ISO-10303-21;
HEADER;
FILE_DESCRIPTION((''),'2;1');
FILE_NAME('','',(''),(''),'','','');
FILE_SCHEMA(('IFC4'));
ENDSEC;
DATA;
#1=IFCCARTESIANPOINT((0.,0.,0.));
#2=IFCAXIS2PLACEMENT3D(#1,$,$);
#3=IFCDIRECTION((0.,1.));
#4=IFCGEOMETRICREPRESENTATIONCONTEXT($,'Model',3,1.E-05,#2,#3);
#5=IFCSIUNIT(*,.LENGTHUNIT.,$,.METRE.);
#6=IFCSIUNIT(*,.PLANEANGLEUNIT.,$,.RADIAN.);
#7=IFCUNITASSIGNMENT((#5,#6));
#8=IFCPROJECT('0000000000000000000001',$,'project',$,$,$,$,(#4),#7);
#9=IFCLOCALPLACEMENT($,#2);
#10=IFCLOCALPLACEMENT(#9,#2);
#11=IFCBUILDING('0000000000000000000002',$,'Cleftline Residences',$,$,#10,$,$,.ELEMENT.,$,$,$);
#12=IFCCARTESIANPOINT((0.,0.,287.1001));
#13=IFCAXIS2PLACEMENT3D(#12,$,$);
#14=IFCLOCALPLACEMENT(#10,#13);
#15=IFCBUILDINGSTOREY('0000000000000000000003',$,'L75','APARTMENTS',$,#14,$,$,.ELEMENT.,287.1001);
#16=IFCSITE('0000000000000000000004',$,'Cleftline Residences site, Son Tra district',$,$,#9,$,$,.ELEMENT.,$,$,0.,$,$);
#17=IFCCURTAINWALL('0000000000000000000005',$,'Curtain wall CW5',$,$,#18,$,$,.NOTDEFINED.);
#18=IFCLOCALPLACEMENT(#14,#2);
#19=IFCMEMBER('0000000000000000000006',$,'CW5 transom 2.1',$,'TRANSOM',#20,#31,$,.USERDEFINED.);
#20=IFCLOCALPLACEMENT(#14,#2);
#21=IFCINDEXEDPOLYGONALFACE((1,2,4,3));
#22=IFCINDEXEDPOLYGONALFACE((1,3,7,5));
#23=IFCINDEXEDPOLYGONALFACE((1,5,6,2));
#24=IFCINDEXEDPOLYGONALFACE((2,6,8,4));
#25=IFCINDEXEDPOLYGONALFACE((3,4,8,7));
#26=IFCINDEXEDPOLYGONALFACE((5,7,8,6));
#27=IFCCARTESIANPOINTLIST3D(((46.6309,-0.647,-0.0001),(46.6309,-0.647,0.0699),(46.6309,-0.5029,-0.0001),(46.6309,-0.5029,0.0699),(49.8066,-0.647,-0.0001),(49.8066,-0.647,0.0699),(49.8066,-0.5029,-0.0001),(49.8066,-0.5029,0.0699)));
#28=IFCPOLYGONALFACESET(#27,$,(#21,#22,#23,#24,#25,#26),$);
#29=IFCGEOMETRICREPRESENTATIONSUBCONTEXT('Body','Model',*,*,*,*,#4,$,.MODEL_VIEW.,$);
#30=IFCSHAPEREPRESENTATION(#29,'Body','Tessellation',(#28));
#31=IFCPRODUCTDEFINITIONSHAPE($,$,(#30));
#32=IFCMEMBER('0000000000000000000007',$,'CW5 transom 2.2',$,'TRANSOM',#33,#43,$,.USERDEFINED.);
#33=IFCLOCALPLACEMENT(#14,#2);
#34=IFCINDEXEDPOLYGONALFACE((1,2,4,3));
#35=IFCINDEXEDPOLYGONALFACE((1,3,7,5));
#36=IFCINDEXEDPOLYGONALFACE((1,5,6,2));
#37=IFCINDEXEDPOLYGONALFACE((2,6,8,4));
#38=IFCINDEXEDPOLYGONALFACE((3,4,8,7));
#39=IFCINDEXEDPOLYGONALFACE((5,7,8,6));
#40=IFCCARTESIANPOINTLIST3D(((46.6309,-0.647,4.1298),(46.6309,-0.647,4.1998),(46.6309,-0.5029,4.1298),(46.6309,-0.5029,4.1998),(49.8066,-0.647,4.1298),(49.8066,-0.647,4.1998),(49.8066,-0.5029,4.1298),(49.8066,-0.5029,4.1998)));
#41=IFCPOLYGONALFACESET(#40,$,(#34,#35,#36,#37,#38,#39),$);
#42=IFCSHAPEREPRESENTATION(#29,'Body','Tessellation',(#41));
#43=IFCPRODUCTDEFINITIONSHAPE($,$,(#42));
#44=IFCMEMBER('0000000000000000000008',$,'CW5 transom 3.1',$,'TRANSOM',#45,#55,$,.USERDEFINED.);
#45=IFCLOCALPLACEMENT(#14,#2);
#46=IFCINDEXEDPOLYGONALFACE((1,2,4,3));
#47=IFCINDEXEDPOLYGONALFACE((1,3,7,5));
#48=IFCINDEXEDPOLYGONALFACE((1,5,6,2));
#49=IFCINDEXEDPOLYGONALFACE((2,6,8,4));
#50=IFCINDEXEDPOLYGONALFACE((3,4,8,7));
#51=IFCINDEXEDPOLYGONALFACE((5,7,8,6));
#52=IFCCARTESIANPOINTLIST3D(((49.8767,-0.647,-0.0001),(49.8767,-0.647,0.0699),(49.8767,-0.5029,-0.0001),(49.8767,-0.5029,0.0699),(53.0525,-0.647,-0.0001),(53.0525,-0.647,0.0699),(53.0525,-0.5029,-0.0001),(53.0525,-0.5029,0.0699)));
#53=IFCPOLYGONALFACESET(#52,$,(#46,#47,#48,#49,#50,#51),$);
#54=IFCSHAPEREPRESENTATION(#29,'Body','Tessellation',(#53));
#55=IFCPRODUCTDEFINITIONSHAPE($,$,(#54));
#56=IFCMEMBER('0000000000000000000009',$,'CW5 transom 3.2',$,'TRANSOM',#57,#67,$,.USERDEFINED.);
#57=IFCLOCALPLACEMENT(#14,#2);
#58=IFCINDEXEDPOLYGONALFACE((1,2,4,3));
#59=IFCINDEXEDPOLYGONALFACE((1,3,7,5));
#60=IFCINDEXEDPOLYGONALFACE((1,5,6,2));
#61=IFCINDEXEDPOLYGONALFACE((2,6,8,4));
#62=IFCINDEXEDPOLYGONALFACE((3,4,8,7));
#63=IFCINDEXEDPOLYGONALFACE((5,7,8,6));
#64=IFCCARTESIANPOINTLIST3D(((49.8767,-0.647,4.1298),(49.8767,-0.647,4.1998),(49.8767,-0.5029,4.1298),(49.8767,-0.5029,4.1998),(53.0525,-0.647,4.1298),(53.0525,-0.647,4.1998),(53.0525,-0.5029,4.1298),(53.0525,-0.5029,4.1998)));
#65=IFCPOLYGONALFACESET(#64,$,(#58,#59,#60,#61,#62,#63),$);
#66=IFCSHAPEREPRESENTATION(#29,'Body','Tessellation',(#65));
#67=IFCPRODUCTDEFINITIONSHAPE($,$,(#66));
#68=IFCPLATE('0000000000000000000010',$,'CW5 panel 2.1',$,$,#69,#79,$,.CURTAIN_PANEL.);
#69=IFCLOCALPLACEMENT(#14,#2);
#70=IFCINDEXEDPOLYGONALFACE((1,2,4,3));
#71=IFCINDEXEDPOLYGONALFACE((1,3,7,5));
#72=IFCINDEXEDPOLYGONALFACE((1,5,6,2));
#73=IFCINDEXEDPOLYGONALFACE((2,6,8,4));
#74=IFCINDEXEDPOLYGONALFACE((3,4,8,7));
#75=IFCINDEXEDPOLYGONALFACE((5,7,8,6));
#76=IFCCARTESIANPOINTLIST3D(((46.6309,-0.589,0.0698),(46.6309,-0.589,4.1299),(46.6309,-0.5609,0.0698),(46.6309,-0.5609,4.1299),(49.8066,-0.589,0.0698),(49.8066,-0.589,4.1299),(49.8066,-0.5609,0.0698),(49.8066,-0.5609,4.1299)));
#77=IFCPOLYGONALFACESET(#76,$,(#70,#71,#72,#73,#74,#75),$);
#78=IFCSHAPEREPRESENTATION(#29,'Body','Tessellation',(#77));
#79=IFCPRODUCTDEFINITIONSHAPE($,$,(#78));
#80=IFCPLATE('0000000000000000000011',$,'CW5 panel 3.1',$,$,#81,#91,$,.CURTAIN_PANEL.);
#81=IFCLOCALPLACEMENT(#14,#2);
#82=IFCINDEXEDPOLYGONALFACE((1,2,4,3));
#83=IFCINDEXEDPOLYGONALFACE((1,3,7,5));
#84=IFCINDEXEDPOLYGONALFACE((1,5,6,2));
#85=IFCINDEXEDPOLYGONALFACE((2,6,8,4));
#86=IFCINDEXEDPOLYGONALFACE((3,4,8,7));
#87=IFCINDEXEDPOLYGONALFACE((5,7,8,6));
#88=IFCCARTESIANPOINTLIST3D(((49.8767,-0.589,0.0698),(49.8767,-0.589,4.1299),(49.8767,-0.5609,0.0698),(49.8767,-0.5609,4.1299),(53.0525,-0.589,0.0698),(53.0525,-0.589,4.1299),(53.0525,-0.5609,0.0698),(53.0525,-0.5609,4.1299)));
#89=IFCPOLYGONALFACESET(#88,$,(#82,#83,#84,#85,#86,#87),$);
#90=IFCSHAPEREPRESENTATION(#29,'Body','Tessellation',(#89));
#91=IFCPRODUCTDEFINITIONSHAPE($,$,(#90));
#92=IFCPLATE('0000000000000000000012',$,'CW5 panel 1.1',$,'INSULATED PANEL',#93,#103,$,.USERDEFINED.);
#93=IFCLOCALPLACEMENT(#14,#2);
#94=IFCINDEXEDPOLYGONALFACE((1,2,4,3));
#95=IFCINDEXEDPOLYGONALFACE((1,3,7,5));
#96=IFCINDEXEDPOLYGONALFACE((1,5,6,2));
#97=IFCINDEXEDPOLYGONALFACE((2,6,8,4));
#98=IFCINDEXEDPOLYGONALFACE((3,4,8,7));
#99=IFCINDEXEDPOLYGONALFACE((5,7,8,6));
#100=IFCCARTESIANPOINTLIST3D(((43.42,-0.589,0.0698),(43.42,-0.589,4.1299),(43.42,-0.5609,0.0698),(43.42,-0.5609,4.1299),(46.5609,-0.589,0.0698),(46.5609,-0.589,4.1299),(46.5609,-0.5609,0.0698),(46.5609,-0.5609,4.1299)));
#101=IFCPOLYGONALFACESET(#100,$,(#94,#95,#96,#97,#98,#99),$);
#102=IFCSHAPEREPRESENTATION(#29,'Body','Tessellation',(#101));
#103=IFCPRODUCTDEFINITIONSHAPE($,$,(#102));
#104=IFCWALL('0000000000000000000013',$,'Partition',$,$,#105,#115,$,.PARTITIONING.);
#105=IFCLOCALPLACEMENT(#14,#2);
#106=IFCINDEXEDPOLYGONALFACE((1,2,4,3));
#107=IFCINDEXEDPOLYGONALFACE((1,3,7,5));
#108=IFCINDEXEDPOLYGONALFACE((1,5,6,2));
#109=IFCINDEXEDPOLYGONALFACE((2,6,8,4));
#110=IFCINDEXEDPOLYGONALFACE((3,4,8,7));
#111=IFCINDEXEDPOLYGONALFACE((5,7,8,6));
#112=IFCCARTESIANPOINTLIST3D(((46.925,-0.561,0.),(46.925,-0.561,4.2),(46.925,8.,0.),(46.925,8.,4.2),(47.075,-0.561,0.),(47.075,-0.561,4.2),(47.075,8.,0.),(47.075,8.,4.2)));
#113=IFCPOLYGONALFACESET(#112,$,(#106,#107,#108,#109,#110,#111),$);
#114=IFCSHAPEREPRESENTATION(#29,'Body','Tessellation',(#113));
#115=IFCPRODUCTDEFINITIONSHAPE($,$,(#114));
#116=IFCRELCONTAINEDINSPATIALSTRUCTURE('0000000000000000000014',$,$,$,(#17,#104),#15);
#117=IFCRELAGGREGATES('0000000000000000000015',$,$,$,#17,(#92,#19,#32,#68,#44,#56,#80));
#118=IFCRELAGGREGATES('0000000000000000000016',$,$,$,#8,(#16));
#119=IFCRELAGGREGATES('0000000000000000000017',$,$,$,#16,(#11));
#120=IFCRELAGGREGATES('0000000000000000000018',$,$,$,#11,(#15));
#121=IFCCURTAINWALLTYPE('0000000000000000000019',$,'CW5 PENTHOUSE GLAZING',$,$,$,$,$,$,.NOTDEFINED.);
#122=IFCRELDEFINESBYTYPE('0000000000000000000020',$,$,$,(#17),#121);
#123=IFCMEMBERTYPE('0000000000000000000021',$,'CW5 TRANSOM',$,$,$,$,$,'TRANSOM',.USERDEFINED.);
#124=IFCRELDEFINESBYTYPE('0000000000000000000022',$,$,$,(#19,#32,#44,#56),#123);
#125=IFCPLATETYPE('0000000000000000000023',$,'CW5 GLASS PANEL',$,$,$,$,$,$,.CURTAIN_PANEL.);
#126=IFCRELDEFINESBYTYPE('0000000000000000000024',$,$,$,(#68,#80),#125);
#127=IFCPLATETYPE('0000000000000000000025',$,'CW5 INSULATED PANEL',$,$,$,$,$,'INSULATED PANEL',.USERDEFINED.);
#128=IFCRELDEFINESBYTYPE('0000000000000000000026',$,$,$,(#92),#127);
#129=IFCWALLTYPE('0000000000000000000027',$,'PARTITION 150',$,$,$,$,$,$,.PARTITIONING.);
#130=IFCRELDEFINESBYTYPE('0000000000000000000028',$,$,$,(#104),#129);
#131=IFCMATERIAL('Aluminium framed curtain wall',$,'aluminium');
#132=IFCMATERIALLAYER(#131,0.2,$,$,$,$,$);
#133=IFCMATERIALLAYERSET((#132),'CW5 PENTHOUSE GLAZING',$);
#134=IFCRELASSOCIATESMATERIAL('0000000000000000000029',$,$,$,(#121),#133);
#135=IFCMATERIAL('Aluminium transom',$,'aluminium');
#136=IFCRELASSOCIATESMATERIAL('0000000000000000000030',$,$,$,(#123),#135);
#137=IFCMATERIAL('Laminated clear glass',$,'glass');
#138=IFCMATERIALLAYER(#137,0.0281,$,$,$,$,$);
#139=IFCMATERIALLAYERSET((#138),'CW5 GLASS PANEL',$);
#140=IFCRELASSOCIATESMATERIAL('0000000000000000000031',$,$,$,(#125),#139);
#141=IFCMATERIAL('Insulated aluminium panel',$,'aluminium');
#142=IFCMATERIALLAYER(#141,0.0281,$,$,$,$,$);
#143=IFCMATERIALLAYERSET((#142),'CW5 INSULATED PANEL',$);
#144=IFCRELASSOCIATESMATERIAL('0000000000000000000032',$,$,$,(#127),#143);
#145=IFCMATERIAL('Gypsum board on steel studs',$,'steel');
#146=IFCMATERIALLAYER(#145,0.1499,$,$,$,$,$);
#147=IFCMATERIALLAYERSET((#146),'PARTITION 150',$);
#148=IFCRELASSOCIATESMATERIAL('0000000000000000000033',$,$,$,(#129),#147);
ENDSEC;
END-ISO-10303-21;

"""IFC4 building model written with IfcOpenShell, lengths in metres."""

from ifc_helpers import new_model, si_unit, direction, frame, frame_2d, origin, origin_2d, place, context, subcontext, project, spatial, rectangle, extrude, material, layer, layer_set, material_profile, profile_set, type_object, element, aggregate, save


model = new_model("IFC4")

# Units and contexts
model_context = context("Model", 3, precision=1e-05, world=origin(), true_north=direction((0.0, 1.0)))
body_context = subcontext(model_context, "Body", "Model", "MODEL_VIEW")
ifc_project = project(units=[si_unit("LENGTHUNIT", "METRE"), si_unit("PLANEANGLEUNIT", "RADIAN")], contexts=[model_context])

# Site, building, storey
site_placement = place(None, origin())
site = spatial("IfcSite", under=ifc_project, at=site_placement, Name="Cleftline Residences site, Son Tra district", CompositionType="ELEMENT", RefElevation=0.0)
building_placement = place(site_placement, origin())
building = spatial("IfcBuilding", under=site, at=building_placement, Name="Cleftline Residences", CompositionType="ELEMENT")
storey_placement = place(building_placement, frame((0.0, 0.0, 287.1001)))
storey = spatial("IfcBuildingStorey", under=building, at=storey_placement, Name="L75", Description="APARTMENTS", CompositionType="ELEMENT", Elevation=287.1001)

# Curtain wall, members, plates
ifc_material_1 = material(Name="Aluminium framed curtain wall", Category="aluminium")
ifc_layer_1 = layer(ifc_material_1, 0.2)
ifc_layer_set_1 = layer_set([ifc_layer_1], Name="CW5 PENTHOUSE GLAZING")
curtain_wall_type = type_object("IfcCurtainWallType", Name="CW5 PENTHOUSE GLAZING", PredefinedType="NOTDEFINED", material=ifc_layer_set_1)
curtain_wall_placement = place(storey_placement, origin())
curtain_wall = element("IfcCurtainWall", 1, at=curtain_wall_placement, inside=storey, type_object=curtain_wall_type, Name="Curtain wall CW5", PredefinedType="NOTDEFINED")
ifc_material_2 = material(Name="Aluminium transom", Category="aluminium")
ifc_material_profile_1 = material_profile(ifc_material_2, rectangle(XDim=0.144, YDim=0.0701, at=origin_2d()))
ifc_profile_set_1 = profile_set([ifc_material_profile_1], Name="Aluminium transom")
member_type_1 = type_object("IfcMemberType", Name="CW5 TRANSOM", ElementType="TRANSOM", PredefinedType="USERDEFINED", material=ifc_profile_set_1)
member_1_placement = place(storey_placement, frame((46.6309, -0.575, 0.0349), z_axis=(1.0, 0.0, 0.0), x_axis=(0.0, 1.0, 0.0)))
member_1 = element("IfcMember", 2, at=member_1_placement, type_object=member_type_1, Name="CW5 transom 2.1", ObjectType="TRANSOM", PredefinedType="USERDEFINED", context=body_context, shape_type="SweptSolid", body=[
    extrude(rectangle(XDim=0.144, YDim=0.0701, at=origin_2d()), origin(), (0.0, 0.0, 1.0), 3.1758),
])
member_2_placement = place(storey_placement, frame((46.6309, -0.575, 4.1648), z_axis=(1.0, 0.0, 0.0), x_axis=(0.0, 1.0, 0.0)))
member_2 = element("IfcMember", 3, at=member_2_placement, type_object=member_type_1, Name="CW5 transom 2.2", ObjectType="TRANSOM", PredefinedType="USERDEFINED", context=body_context, shape_type="SweptSolid", body=[
    extrude(rectangle(XDim=0.144, YDim=0.0701, at=origin_2d()), origin(), (0.0, 0.0, 1.0), 3.1758),
])
member_3_placement = place(storey_placement, frame((49.8767, -0.575, 0.0349), z_axis=(1.0, 0.0, 0.0), x_axis=(0.0, 1.0, 0.0)))
member_3 = element("IfcMember", 4, at=member_3_placement, type_object=member_type_1, Name="CW5 transom 3.1", ObjectType="TRANSOM", PredefinedType="USERDEFINED", context=body_context, shape_type="SweptSolid", body=[
    extrude(rectangle(XDim=0.144, YDim=0.0701, at=origin_2d()), origin(), (0.0, 0.0, 1.0), 3.1758),
])
member_4_placement = place(storey_placement, frame((49.8767, -0.575, 4.1648), z_axis=(1.0, 0.0, 0.0), x_axis=(0.0, 1.0, 0.0)))
member_4 = element("IfcMember", 5, at=member_4_placement, type_object=member_type_1, Name="CW5 transom 3.2", ObjectType="TRANSOM", PredefinedType="USERDEFINED", context=body_context, shape_type="SweptSolid", body=[
    extrude(rectangle(XDim=0.144, YDim=0.0701, at=origin_2d()), origin(), (0.0, 0.0, 1.0), 3.1758),
])
ifc_material_3 = material(Name="Laminated clear glass", Category="glass")
ifc_layer_2 = layer(ifc_material_3, 0.0281)
ifc_layer_set_2 = layer_set([ifc_layer_2], Name="CW5 GLASS PANEL")
plate_type_1 = type_object("IfcPlateType", Name="CW5 GLASS PANEL", PredefinedType="CURTAIN_PANEL", material=ifc_layer_set_2)
plate_1_placement = place(storey_placement, frame((48.2188, -0.575, 0.0698), z_axis=(0.0, 0.0, 1.0), x_axis=(1.0, 0.0, 0.0)))
plate_1 = element("IfcPlate", 6, at=plate_1_placement, type_object=plate_type_1, Name="CW5 panel 2.1", PredefinedType="CURTAIN_PANEL", context=body_context, shape_type="SweptSolid", body=[
    extrude(rectangle(XDim=3.1758, YDim=0.0281, at=origin_2d()), origin(), (0.0, 0.0, 1.0), 4.0601),
])
plate_2_placement = place(storey_placement, frame((51.4646, -0.575, 0.0698), z_axis=(0.0, 0.0, 1.0), x_axis=(1.0, 0.0, 0.0)))
plate_2 = element("IfcPlate", 7, at=plate_2_placement, type_object=plate_type_1, Name="CW5 panel 3.1", PredefinedType="CURTAIN_PANEL", context=body_context, shape_type="SweptSolid", body=[
    extrude(rectangle(XDim=3.1758, YDim=0.0281, at=origin_2d()), origin(), (0.0, 0.0, 1.0), 4.0601),
])
ifc_material_4 = material(Name="Insulated aluminium panel", Category="aluminium")
ifc_layer_3 = layer(ifc_material_4, 0.0281)
ifc_layer_set_3 = layer_set([ifc_layer_3], Name="CW5 INSULATED PANEL")
plate_type_2 = type_object("IfcPlateType", Name="CW5 INSULATED PANEL", ElementType="INSULATED PANEL", PredefinedType="USERDEFINED", material=ifc_layer_set_3)
plate_3_placement = place(storey_placement, frame((44.9905, -0.575, 0.0698), z_axis=(0.0, 0.0, 1.0), x_axis=(1.0, 0.0, 0.0)))
plate_3 = element("IfcPlate", 8, at=plate_3_placement, type_object=plate_type_2, Name="CW5 panel 1.1", ObjectType="INSULATED PANEL", PredefinedType="USERDEFINED", context=body_context, shape_type="SweptSolid", body=[
    extrude(rectangle(XDim=3.1409, YDim=0.0281, at=origin_2d()), origin(), (0.0, 0.0, 1.0), 4.0601),
])
aggregate(curtain_wall, [plate_3, member_1, member_2, plate_1, member_3, member_4, plate_2])

# Wall
ifc_material_5 = material(Name="Gypsum board on steel studs", Category="steel")
ifc_layer_4 = layer(ifc_material_5, 0.1499)
ifc_layer_set_4 = layer_set([ifc_layer_4], Name="PARTITION 150")
wall_type = type_object("IfcWallType", Name="PARTITION 150", PredefinedType="PARTITIONING", material=ifc_layer_set_4)
wall_placement = place(storey_placement, frame((47.0, -0.561, 0.0), z_axis=(0.0, 0.0, 1.0), x_axis=(0.0, 1.0, 0.0)))
element("IfcWall", 9, at=wall_placement, inside=storey, type_object=wall_type, Name="Partition", PredefinedType="PARTITIONING", context=body_context, shape_type="SweptSolid", body=[
    extrude(rectangle(XDim=8.561, YDim=0.1499, at=frame_2d((4.2805, 0.0))), origin(), (0.0, 0.0, 1.0), 4.2),
])

save(model, "model.ifc")
